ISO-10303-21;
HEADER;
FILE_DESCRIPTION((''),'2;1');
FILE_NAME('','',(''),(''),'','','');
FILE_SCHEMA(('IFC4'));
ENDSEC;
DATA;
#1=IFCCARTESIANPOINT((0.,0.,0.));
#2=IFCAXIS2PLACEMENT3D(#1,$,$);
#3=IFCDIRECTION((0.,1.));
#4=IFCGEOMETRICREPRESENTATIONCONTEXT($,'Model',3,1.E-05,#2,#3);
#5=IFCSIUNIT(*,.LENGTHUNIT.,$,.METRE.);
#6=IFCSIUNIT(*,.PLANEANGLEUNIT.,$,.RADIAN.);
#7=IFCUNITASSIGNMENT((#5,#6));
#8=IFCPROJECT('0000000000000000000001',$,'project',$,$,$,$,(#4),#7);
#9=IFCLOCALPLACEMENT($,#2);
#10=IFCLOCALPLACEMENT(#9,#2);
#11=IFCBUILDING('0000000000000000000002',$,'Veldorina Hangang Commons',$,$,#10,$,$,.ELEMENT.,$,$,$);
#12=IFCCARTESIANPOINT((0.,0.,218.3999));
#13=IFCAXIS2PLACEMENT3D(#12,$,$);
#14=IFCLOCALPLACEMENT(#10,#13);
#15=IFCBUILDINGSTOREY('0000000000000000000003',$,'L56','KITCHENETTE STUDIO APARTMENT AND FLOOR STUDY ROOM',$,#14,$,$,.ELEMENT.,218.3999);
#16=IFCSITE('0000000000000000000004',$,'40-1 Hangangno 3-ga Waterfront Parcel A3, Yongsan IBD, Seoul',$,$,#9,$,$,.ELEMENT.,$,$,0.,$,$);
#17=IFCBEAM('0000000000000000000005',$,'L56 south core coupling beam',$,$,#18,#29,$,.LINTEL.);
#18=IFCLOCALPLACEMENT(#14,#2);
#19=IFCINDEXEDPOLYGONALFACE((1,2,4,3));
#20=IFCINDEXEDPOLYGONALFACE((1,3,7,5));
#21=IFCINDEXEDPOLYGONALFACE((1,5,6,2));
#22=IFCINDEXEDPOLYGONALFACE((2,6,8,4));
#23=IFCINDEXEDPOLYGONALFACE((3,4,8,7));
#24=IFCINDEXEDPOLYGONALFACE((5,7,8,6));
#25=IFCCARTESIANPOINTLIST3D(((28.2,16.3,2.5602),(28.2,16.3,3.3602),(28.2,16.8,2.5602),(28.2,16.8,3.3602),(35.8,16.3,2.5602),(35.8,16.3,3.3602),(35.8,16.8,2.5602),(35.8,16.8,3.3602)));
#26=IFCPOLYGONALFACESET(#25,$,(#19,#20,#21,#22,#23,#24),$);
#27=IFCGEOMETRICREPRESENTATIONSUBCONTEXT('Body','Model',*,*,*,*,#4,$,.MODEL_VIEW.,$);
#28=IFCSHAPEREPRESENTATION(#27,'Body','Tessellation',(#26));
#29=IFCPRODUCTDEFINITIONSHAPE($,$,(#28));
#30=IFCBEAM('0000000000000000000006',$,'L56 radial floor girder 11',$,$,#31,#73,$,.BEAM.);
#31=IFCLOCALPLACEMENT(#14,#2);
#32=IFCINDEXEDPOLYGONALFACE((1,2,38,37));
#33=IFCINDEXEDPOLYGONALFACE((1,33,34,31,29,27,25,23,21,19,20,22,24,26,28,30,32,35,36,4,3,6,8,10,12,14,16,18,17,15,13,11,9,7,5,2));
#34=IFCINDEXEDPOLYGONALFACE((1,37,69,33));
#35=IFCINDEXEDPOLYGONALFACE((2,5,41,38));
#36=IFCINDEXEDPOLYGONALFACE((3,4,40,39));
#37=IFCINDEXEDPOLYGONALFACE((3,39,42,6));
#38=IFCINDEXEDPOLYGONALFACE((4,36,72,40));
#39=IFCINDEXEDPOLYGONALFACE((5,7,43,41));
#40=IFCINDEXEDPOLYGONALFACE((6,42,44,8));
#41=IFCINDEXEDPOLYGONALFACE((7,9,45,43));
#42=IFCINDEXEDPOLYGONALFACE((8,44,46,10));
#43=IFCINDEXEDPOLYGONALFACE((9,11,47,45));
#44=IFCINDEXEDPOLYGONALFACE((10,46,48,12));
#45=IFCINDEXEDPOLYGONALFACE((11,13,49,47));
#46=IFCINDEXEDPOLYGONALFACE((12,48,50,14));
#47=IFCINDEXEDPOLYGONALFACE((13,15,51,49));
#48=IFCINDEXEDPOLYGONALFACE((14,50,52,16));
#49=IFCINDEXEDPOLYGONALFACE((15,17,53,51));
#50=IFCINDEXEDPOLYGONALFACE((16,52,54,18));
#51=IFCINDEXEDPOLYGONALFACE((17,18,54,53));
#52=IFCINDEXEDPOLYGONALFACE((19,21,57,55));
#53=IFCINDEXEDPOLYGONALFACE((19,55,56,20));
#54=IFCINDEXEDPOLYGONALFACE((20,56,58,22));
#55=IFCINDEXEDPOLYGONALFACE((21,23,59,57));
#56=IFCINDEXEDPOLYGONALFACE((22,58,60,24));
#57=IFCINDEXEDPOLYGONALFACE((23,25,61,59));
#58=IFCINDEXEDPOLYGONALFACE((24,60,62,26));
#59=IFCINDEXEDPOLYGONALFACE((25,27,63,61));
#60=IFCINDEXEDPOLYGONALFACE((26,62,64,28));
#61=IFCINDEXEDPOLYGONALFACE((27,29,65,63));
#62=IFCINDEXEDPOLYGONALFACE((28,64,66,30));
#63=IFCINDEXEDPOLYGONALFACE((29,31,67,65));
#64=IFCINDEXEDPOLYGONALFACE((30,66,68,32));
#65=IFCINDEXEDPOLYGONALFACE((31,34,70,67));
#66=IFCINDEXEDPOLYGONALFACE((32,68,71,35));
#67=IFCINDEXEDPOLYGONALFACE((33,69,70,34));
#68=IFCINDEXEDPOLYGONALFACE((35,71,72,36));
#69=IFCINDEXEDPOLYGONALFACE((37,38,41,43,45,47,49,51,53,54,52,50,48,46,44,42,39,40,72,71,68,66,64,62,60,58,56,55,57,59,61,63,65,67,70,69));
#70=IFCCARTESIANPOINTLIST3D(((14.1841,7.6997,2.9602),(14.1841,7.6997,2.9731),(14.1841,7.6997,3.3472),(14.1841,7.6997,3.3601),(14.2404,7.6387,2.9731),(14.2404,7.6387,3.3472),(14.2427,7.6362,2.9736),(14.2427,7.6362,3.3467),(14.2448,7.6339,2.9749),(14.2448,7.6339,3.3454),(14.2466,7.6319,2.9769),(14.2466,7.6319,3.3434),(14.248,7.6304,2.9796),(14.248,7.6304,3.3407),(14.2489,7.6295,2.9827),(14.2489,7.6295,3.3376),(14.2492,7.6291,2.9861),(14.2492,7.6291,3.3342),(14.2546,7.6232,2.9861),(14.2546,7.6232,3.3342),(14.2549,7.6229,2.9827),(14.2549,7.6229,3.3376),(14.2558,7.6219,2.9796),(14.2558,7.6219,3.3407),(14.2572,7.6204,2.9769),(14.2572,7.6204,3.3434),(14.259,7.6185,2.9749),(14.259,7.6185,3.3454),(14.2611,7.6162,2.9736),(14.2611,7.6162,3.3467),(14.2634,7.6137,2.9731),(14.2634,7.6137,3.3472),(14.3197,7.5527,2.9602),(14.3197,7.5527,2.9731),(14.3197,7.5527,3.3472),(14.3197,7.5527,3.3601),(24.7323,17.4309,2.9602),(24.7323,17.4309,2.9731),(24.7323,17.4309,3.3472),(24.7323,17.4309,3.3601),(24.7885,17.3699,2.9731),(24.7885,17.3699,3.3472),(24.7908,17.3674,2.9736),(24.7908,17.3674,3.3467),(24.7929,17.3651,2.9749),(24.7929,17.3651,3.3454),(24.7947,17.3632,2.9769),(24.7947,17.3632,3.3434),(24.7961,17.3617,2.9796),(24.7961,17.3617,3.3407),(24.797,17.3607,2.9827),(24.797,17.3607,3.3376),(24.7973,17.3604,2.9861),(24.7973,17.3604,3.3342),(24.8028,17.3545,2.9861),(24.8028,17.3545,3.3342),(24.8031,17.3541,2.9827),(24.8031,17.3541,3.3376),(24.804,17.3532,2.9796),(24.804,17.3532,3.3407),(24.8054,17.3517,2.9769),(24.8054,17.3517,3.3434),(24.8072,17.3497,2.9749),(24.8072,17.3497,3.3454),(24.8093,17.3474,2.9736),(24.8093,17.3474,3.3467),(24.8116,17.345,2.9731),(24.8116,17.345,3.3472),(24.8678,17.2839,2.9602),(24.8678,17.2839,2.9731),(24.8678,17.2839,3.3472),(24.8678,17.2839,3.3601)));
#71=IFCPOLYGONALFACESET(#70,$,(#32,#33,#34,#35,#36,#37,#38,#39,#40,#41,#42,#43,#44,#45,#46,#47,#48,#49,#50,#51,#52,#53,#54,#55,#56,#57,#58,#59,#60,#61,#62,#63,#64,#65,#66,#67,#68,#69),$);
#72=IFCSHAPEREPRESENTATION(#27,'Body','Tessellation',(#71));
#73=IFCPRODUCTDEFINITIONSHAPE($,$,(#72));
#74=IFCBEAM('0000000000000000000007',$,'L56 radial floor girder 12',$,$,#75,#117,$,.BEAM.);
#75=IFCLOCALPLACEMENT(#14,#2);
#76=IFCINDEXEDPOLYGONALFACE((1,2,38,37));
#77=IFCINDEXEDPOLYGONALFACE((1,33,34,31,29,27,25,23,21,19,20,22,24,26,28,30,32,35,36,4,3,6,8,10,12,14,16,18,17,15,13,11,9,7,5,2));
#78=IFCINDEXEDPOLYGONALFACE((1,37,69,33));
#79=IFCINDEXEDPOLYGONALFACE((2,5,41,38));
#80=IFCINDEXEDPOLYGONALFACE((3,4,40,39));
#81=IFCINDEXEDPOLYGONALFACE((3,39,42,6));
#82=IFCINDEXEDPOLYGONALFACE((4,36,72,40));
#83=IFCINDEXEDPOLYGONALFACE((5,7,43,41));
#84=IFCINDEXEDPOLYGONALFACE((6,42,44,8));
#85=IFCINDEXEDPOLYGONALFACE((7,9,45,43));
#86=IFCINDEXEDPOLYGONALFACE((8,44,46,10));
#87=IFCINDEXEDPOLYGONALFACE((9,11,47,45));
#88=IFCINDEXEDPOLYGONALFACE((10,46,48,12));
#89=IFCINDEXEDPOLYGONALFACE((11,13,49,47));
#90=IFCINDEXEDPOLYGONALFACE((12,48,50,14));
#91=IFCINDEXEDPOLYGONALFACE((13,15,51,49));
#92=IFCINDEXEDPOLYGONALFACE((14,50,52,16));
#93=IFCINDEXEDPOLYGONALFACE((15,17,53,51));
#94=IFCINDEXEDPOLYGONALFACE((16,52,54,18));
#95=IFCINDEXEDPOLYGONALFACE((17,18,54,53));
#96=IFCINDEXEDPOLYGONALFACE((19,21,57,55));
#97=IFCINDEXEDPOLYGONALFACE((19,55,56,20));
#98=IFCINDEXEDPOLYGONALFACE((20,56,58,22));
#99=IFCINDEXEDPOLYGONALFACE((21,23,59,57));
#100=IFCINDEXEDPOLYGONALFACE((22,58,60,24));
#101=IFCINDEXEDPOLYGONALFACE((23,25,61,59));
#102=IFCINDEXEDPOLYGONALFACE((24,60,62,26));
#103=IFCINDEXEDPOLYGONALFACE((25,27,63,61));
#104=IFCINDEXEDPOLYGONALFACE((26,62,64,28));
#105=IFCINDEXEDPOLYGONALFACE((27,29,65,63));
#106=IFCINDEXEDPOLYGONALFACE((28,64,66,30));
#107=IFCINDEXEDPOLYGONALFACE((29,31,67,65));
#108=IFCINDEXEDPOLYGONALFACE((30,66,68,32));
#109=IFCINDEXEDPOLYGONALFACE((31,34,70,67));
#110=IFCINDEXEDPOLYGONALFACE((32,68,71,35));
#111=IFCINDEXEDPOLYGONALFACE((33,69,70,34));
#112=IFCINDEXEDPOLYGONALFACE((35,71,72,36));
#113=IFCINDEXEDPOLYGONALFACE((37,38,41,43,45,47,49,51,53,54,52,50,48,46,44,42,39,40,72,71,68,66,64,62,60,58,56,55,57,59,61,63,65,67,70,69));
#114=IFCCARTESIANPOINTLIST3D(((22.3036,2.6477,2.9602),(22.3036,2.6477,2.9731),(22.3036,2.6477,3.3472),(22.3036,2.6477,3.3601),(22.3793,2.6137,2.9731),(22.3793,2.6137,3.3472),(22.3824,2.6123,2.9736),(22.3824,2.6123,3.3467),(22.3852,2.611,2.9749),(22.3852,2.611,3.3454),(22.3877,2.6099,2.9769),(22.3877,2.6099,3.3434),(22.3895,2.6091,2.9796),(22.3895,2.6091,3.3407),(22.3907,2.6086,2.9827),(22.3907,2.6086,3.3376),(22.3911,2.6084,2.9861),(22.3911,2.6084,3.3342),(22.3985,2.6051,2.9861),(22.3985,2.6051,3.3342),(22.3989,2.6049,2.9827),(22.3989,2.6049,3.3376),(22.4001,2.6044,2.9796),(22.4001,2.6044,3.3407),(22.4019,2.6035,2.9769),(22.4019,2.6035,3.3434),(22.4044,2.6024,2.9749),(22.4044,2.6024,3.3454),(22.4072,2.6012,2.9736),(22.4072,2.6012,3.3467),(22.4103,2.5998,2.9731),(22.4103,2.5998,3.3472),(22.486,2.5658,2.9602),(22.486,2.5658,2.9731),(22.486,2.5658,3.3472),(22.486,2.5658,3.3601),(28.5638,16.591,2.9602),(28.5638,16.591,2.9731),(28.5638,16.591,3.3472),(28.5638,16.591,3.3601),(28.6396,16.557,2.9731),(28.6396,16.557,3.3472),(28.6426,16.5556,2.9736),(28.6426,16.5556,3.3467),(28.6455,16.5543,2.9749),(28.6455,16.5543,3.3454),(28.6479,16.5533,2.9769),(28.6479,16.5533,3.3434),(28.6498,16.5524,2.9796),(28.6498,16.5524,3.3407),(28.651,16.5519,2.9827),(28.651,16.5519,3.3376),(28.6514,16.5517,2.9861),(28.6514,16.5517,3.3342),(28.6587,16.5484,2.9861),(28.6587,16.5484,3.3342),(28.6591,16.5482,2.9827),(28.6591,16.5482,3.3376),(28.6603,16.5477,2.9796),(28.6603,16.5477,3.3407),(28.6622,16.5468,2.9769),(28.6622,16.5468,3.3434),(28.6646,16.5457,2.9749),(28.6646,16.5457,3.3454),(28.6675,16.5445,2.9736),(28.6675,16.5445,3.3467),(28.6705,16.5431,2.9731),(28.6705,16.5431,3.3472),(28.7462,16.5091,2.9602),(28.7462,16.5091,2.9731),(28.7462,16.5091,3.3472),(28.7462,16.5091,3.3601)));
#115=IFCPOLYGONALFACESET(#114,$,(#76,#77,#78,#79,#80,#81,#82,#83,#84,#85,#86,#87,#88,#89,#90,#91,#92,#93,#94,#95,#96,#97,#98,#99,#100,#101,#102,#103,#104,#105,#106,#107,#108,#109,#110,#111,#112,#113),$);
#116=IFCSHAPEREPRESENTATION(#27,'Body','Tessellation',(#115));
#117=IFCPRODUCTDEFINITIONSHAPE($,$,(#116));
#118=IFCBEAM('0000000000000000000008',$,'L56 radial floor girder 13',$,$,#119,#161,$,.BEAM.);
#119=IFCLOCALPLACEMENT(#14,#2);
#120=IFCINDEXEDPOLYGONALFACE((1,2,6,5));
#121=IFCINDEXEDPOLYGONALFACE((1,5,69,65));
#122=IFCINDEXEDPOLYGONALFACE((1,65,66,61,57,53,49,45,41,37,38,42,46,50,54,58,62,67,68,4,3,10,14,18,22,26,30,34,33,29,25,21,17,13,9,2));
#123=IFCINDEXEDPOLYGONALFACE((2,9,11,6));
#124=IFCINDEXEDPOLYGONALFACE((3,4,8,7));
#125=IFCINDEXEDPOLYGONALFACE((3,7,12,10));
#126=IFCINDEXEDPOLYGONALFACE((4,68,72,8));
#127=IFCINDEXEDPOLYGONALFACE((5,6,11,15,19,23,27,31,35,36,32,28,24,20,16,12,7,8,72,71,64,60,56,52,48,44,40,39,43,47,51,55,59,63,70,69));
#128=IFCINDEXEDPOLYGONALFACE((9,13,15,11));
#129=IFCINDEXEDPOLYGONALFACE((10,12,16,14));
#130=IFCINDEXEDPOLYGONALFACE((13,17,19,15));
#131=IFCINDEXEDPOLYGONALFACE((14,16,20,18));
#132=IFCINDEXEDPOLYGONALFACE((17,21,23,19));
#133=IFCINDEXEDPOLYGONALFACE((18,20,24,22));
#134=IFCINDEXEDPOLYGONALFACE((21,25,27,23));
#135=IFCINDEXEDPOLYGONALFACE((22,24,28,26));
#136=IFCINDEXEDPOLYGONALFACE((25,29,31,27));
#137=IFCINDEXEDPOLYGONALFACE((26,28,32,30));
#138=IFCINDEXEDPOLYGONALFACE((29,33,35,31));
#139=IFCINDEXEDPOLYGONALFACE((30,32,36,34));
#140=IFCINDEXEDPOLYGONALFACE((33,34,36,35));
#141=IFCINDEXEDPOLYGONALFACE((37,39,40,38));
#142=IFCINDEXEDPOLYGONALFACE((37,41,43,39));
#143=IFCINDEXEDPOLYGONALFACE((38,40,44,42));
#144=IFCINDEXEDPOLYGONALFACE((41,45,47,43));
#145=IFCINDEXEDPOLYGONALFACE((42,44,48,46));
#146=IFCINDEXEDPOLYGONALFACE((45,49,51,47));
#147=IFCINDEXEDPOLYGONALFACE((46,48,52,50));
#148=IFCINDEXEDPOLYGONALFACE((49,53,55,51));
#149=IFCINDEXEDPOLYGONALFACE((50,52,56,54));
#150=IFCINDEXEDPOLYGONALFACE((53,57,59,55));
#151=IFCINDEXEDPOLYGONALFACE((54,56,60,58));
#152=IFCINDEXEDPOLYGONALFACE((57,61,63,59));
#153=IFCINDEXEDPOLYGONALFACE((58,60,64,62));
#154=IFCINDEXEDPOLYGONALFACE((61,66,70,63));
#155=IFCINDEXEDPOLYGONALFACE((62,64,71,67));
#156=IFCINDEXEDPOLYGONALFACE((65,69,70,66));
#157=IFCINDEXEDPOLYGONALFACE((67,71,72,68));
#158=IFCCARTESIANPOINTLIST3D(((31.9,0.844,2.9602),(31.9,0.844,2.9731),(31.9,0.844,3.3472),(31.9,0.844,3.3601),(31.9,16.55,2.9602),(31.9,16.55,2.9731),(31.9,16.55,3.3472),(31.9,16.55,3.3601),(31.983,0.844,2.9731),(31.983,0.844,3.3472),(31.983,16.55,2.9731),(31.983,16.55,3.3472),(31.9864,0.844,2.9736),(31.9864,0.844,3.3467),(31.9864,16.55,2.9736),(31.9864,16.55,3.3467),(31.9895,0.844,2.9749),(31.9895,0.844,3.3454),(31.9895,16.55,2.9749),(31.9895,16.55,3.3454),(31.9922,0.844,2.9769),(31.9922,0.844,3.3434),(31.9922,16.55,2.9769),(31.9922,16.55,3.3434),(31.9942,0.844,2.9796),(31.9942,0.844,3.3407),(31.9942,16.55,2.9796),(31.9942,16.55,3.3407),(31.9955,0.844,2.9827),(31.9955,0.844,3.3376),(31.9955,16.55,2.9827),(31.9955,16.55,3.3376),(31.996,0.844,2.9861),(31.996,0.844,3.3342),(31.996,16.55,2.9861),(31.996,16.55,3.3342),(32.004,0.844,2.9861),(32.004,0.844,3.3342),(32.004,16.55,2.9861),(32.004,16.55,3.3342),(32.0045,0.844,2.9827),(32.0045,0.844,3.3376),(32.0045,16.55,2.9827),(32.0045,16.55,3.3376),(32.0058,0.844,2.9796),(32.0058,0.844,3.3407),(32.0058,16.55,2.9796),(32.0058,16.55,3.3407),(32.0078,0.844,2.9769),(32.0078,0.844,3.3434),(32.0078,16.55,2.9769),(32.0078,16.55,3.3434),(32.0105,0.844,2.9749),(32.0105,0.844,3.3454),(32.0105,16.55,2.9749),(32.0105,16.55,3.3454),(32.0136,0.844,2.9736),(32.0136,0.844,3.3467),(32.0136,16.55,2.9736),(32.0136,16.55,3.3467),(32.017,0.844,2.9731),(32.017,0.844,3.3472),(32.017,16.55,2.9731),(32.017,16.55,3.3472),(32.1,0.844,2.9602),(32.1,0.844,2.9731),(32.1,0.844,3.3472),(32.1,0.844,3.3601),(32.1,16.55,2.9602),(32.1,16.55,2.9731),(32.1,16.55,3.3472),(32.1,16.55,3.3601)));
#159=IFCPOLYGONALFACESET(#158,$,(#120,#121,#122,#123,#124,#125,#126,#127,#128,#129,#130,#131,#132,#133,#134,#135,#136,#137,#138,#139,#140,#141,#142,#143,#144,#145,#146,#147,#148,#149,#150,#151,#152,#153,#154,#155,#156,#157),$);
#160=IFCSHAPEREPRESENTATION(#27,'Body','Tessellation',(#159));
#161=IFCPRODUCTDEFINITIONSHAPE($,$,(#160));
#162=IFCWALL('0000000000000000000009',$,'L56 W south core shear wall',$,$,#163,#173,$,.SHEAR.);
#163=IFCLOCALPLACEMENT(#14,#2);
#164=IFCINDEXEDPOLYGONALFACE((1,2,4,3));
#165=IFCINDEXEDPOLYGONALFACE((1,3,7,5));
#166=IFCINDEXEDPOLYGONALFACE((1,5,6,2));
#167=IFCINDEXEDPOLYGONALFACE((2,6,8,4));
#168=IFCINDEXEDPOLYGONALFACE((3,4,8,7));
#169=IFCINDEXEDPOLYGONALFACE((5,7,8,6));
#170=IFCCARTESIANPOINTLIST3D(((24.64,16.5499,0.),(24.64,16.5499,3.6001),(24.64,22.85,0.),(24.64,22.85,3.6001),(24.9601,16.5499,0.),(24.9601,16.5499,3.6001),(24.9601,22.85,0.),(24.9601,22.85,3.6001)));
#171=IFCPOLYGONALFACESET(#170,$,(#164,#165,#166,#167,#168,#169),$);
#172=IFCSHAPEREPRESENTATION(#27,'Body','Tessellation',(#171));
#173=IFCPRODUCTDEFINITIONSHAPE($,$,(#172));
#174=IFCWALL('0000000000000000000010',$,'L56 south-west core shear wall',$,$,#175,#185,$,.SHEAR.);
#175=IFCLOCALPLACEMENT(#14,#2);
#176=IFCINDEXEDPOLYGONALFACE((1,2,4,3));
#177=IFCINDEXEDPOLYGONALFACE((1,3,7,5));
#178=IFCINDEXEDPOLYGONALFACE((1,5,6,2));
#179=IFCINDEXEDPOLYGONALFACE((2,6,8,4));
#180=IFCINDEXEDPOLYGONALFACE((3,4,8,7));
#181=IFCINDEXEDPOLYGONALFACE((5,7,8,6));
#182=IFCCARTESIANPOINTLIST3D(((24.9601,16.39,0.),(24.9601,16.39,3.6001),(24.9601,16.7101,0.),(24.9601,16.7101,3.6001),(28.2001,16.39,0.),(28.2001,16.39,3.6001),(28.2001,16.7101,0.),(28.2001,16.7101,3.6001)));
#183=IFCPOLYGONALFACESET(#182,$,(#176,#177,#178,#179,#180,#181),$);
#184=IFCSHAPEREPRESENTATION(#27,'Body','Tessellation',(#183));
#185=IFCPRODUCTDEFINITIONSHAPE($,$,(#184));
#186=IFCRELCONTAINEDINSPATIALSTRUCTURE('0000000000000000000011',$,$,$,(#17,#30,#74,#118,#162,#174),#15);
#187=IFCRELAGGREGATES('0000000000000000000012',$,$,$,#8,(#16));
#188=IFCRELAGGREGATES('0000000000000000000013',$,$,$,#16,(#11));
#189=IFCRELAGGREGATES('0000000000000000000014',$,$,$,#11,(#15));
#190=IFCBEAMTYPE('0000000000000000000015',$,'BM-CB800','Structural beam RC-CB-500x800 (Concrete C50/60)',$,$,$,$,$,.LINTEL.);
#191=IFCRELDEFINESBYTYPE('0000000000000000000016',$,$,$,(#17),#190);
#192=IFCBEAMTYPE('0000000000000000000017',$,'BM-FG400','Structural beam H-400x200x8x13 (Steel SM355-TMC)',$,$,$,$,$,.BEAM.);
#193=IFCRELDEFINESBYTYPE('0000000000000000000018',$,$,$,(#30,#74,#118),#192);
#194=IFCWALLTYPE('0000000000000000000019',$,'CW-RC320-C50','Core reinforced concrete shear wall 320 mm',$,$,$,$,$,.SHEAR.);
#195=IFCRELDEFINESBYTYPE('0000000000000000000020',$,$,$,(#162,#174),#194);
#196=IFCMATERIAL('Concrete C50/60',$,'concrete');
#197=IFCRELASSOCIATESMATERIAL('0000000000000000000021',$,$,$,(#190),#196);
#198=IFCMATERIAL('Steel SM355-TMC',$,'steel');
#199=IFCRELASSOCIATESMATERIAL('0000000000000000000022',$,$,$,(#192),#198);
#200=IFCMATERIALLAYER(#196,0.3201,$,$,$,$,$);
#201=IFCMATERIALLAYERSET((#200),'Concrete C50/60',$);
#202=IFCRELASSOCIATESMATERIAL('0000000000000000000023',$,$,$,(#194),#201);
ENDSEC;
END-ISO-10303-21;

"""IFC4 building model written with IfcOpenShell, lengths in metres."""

from ifc_helpers import new_model, si_unit, direction, frame, frame_2d, origin, origin_2d, place, context, subcontext, project, spatial, rectangle, i_section, extrude, material, layer, layer_set, material_profile, profile_set, type_object, element, save


model = new_model("IFC4")

# Units and contexts
model_context = context("Model", 3, precision=1e-05, world=origin(), true_north=direction((0.0, 1.0)))
body_context = subcontext(model_context, "Body", "Model", "MODEL_VIEW")
ifc_project = project(units=[si_unit("LENGTHUNIT", "METRE"), si_unit("PLANEANGLEUNIT", "RADIAN")], contexts=[model_context])

# Site, building, storey
site_placement = place(None, origin())
site = spatial("IfcSite", under=ifc_project, at=site_placement, Name="40-1 Hangangno 3-ga Waterfront Parcel A3, Yongsan IBD, Seoul", CompositionType="ELEMENT", RefElevation=0.0)
building_placement = place(site_placement, origin())
building = spatial("IfcBuilding", under=site, at=building_placement, Name="Veldorina Hangang Commons", CompositionType="ELEMENT")
storey_placement = place(building_placement, frame((0.0, 0.0, 218.3999)))
storey = spatial("IfcBuildingStorey", under=building, at=storey_placement, Name="L56", Description="KITCHENETTE STUDIO APARTMENT AND FLOOR STUDY ROOM", CompositionType="ELEMENT", Elevation=218.3999)

# Beams
ifc_material_1 = material(Name="Concrete C50/60", Category="concrete")
ifc_material_profile_1 = material_profile(ifc_material_1, rectangle(XDim=0.5, YDim=0.8, at=origin_2d()), Name="RC-CB-500x800")
ifc_profile_set_1 = profile_set([ifc_material_profile_1], Name="Concrete C50/60")
beam_type_1 = type_object("IfcBeamType", Name="BM-CB800", Description="Structural beam RC-CB-500x800 (Concrete C50/60)", PredefinedType="LINTEL", material=ifc_profile_set_1)
beam_1_placement = place(storey_placement, frame((28.2, 16.55, 2.9602), z_axis=(1.0, 0.0, 0.0), x_axis=(0.0, 1.0, 0.0)))
element("IfcBeam", 1, at=beam_1_placement, inside=storey, type_object=beam_type_1, Name="L56 south core coupling beam", PredefinedType="LINTEL", context=body_context, shape_type="SweptSolid", body=[
    extrude(rectangle(XDim=0.5, YDim=0.8, at=origin_2d()), origin(), (0.0, 0.0, 1.0), 7.6001),
])
ifc_material_2 = material(Name="Steel SM355-TMC", Category="steel")
ifc_material_profile_2 = material_profile(ifc_material_2, i_section(OverallWidth=0.2, OverallDepth=0.3999, WebThickness=0.0081, FlangeThickness=0.0129, FilletRadius=0.0129, at=origin_2d()), Name="H-400x200x8x13")
ifc_profile_set_2 = profile_set([ifc_material_profile_2], Name="Steel SM355-TMC")
beam_type_2 = type_object("IfcBeamType", Name="BM-FG400", Description="Structural beam H-400x200x8x13 (Steel SM355-TMC)", PredefinedType="BEAM", material=ifc_profile_set_2)
beam_2_placement = place(storey_placement, frame((24.8, 17.3574, 3.1602), z_axis=(-0.734995, -0.678073, 0.0), x_axis=(0.678073, -0.734995, 0.0)))
element("IfcBeam", 2, at=beam_2_placement, inside=storey, type_object=beam_type_2, Name="L56 radial floor girder 11", PredefinedType="BEAM", context=body_context, shape_type="SweptSolid", body=[
    extrude(i_section(OverallWidth=0.2, OverallDepth=0.3999, WebThickness=0.0081, FlangeThickness=0.0129, FilletRadius=0.0129, at=origin_2d()), origin(), (0.0, 0.0, 1.0), 14.3513),
])
beam_3_placement = place(storey_placement, frame((28.655, 16.55, 3.1602), z_axis=(-0.409589, -0.91227, 0.0), x_axis=(0.91227, -0.409589, 0.0)))
element("IfcBeam", 3, at=beam_3_placement, inside=storey, type_object=beam_type_2, Name="L56 radial floor girder 12", PredefinedType="BEAM", context=body_context, shape_type="SweptSolid", body=[
    extrude(i_section(OverallWidth=0.2, OverallDepth=0.3999, WebThickness=0.0081, FlangeThickness=0.0129, FilletRadius=0.0129, at=origin_2d()), origin(), (0.0, 0.0, 1.0), 15.2842),
])
beam_4_placement = place(storey_placement, frame((32.0, 16.55, 3.1602), z_axis=(0.0, -1.0, 0.0), x_axis=(1.0, 0.0, 0.0)))
element("IfcBeam", 4, at=beam_4_placement, inside=storey, type_object=beam_type_2, Name="L56 radial floor girder 13", PredefinedType="BEAM", context=body_context, shape_type="SweptSolid", body=[
    extrude(i_section(OverallWidth=0.2, OverallDepth=0.3999, WebThickness=0.0081, FlangeThickness=0.0129, FilletRadius=0.0129, at=origin_2d()), origin(), (0.0, 0.0, 1.0), 15.7061),
])

# Walls
ifc_layer_1 = layer(ifc_material_1, 0.3201)
ifc_layer_set_1 = layer_set([ifc_layer_1], Name="Concrete C50/60")
wall_type_1 = type_object("IfcWallType", Name="CW-RC320-C50", Description="Core reinforced concrete shear wall 320 mm", PredefinedType="SHEAR", material=ifc_layer_set_1)
wall_1_placement = place(storey_placement, frame((24.8, 16.55, 0.0), z_axis=(0.0, 0.0, 1.0), x_axis=(0.0, 1.0, 0.0)))
element("IfcWall", 5, at=wall_1_placement, inside=storey, type_object=wall_type_1, Name="L56 W south core shear wall", PredefinedType="SHEAR", context=body_context, shape_type="SweptSolid", body=[
    extrude(rectangle(XDim=6.3, YDim=0.3201, at=frame_2d((3.1499, 0.0))), origin(), (0.0, 0.0, 1.0), 3.6001),
])
wall_2_placement = place(storey_placement, frame((24.96, 16.55, 0.0), z_axis=(0.0, 0.0, 1.0), x_axis=(1.0, 0.0, 0.0)))
element("IfcWall", 6, at=wall_2_placement, inside=storey, type_object=wall_type_1, Name="L56 south-west core shear wall", PredefinedType="SHEAR", context=body_context, shape_type="SweptSolid", body=[
    extrude(rectangle(XDim=3.24, YDim=0.3201, at=frame_2d((1.6201, 0.0))), origin(), (0.0, 0.0, 1.0), 3.6001),
])

save(model, "model.ifc")
